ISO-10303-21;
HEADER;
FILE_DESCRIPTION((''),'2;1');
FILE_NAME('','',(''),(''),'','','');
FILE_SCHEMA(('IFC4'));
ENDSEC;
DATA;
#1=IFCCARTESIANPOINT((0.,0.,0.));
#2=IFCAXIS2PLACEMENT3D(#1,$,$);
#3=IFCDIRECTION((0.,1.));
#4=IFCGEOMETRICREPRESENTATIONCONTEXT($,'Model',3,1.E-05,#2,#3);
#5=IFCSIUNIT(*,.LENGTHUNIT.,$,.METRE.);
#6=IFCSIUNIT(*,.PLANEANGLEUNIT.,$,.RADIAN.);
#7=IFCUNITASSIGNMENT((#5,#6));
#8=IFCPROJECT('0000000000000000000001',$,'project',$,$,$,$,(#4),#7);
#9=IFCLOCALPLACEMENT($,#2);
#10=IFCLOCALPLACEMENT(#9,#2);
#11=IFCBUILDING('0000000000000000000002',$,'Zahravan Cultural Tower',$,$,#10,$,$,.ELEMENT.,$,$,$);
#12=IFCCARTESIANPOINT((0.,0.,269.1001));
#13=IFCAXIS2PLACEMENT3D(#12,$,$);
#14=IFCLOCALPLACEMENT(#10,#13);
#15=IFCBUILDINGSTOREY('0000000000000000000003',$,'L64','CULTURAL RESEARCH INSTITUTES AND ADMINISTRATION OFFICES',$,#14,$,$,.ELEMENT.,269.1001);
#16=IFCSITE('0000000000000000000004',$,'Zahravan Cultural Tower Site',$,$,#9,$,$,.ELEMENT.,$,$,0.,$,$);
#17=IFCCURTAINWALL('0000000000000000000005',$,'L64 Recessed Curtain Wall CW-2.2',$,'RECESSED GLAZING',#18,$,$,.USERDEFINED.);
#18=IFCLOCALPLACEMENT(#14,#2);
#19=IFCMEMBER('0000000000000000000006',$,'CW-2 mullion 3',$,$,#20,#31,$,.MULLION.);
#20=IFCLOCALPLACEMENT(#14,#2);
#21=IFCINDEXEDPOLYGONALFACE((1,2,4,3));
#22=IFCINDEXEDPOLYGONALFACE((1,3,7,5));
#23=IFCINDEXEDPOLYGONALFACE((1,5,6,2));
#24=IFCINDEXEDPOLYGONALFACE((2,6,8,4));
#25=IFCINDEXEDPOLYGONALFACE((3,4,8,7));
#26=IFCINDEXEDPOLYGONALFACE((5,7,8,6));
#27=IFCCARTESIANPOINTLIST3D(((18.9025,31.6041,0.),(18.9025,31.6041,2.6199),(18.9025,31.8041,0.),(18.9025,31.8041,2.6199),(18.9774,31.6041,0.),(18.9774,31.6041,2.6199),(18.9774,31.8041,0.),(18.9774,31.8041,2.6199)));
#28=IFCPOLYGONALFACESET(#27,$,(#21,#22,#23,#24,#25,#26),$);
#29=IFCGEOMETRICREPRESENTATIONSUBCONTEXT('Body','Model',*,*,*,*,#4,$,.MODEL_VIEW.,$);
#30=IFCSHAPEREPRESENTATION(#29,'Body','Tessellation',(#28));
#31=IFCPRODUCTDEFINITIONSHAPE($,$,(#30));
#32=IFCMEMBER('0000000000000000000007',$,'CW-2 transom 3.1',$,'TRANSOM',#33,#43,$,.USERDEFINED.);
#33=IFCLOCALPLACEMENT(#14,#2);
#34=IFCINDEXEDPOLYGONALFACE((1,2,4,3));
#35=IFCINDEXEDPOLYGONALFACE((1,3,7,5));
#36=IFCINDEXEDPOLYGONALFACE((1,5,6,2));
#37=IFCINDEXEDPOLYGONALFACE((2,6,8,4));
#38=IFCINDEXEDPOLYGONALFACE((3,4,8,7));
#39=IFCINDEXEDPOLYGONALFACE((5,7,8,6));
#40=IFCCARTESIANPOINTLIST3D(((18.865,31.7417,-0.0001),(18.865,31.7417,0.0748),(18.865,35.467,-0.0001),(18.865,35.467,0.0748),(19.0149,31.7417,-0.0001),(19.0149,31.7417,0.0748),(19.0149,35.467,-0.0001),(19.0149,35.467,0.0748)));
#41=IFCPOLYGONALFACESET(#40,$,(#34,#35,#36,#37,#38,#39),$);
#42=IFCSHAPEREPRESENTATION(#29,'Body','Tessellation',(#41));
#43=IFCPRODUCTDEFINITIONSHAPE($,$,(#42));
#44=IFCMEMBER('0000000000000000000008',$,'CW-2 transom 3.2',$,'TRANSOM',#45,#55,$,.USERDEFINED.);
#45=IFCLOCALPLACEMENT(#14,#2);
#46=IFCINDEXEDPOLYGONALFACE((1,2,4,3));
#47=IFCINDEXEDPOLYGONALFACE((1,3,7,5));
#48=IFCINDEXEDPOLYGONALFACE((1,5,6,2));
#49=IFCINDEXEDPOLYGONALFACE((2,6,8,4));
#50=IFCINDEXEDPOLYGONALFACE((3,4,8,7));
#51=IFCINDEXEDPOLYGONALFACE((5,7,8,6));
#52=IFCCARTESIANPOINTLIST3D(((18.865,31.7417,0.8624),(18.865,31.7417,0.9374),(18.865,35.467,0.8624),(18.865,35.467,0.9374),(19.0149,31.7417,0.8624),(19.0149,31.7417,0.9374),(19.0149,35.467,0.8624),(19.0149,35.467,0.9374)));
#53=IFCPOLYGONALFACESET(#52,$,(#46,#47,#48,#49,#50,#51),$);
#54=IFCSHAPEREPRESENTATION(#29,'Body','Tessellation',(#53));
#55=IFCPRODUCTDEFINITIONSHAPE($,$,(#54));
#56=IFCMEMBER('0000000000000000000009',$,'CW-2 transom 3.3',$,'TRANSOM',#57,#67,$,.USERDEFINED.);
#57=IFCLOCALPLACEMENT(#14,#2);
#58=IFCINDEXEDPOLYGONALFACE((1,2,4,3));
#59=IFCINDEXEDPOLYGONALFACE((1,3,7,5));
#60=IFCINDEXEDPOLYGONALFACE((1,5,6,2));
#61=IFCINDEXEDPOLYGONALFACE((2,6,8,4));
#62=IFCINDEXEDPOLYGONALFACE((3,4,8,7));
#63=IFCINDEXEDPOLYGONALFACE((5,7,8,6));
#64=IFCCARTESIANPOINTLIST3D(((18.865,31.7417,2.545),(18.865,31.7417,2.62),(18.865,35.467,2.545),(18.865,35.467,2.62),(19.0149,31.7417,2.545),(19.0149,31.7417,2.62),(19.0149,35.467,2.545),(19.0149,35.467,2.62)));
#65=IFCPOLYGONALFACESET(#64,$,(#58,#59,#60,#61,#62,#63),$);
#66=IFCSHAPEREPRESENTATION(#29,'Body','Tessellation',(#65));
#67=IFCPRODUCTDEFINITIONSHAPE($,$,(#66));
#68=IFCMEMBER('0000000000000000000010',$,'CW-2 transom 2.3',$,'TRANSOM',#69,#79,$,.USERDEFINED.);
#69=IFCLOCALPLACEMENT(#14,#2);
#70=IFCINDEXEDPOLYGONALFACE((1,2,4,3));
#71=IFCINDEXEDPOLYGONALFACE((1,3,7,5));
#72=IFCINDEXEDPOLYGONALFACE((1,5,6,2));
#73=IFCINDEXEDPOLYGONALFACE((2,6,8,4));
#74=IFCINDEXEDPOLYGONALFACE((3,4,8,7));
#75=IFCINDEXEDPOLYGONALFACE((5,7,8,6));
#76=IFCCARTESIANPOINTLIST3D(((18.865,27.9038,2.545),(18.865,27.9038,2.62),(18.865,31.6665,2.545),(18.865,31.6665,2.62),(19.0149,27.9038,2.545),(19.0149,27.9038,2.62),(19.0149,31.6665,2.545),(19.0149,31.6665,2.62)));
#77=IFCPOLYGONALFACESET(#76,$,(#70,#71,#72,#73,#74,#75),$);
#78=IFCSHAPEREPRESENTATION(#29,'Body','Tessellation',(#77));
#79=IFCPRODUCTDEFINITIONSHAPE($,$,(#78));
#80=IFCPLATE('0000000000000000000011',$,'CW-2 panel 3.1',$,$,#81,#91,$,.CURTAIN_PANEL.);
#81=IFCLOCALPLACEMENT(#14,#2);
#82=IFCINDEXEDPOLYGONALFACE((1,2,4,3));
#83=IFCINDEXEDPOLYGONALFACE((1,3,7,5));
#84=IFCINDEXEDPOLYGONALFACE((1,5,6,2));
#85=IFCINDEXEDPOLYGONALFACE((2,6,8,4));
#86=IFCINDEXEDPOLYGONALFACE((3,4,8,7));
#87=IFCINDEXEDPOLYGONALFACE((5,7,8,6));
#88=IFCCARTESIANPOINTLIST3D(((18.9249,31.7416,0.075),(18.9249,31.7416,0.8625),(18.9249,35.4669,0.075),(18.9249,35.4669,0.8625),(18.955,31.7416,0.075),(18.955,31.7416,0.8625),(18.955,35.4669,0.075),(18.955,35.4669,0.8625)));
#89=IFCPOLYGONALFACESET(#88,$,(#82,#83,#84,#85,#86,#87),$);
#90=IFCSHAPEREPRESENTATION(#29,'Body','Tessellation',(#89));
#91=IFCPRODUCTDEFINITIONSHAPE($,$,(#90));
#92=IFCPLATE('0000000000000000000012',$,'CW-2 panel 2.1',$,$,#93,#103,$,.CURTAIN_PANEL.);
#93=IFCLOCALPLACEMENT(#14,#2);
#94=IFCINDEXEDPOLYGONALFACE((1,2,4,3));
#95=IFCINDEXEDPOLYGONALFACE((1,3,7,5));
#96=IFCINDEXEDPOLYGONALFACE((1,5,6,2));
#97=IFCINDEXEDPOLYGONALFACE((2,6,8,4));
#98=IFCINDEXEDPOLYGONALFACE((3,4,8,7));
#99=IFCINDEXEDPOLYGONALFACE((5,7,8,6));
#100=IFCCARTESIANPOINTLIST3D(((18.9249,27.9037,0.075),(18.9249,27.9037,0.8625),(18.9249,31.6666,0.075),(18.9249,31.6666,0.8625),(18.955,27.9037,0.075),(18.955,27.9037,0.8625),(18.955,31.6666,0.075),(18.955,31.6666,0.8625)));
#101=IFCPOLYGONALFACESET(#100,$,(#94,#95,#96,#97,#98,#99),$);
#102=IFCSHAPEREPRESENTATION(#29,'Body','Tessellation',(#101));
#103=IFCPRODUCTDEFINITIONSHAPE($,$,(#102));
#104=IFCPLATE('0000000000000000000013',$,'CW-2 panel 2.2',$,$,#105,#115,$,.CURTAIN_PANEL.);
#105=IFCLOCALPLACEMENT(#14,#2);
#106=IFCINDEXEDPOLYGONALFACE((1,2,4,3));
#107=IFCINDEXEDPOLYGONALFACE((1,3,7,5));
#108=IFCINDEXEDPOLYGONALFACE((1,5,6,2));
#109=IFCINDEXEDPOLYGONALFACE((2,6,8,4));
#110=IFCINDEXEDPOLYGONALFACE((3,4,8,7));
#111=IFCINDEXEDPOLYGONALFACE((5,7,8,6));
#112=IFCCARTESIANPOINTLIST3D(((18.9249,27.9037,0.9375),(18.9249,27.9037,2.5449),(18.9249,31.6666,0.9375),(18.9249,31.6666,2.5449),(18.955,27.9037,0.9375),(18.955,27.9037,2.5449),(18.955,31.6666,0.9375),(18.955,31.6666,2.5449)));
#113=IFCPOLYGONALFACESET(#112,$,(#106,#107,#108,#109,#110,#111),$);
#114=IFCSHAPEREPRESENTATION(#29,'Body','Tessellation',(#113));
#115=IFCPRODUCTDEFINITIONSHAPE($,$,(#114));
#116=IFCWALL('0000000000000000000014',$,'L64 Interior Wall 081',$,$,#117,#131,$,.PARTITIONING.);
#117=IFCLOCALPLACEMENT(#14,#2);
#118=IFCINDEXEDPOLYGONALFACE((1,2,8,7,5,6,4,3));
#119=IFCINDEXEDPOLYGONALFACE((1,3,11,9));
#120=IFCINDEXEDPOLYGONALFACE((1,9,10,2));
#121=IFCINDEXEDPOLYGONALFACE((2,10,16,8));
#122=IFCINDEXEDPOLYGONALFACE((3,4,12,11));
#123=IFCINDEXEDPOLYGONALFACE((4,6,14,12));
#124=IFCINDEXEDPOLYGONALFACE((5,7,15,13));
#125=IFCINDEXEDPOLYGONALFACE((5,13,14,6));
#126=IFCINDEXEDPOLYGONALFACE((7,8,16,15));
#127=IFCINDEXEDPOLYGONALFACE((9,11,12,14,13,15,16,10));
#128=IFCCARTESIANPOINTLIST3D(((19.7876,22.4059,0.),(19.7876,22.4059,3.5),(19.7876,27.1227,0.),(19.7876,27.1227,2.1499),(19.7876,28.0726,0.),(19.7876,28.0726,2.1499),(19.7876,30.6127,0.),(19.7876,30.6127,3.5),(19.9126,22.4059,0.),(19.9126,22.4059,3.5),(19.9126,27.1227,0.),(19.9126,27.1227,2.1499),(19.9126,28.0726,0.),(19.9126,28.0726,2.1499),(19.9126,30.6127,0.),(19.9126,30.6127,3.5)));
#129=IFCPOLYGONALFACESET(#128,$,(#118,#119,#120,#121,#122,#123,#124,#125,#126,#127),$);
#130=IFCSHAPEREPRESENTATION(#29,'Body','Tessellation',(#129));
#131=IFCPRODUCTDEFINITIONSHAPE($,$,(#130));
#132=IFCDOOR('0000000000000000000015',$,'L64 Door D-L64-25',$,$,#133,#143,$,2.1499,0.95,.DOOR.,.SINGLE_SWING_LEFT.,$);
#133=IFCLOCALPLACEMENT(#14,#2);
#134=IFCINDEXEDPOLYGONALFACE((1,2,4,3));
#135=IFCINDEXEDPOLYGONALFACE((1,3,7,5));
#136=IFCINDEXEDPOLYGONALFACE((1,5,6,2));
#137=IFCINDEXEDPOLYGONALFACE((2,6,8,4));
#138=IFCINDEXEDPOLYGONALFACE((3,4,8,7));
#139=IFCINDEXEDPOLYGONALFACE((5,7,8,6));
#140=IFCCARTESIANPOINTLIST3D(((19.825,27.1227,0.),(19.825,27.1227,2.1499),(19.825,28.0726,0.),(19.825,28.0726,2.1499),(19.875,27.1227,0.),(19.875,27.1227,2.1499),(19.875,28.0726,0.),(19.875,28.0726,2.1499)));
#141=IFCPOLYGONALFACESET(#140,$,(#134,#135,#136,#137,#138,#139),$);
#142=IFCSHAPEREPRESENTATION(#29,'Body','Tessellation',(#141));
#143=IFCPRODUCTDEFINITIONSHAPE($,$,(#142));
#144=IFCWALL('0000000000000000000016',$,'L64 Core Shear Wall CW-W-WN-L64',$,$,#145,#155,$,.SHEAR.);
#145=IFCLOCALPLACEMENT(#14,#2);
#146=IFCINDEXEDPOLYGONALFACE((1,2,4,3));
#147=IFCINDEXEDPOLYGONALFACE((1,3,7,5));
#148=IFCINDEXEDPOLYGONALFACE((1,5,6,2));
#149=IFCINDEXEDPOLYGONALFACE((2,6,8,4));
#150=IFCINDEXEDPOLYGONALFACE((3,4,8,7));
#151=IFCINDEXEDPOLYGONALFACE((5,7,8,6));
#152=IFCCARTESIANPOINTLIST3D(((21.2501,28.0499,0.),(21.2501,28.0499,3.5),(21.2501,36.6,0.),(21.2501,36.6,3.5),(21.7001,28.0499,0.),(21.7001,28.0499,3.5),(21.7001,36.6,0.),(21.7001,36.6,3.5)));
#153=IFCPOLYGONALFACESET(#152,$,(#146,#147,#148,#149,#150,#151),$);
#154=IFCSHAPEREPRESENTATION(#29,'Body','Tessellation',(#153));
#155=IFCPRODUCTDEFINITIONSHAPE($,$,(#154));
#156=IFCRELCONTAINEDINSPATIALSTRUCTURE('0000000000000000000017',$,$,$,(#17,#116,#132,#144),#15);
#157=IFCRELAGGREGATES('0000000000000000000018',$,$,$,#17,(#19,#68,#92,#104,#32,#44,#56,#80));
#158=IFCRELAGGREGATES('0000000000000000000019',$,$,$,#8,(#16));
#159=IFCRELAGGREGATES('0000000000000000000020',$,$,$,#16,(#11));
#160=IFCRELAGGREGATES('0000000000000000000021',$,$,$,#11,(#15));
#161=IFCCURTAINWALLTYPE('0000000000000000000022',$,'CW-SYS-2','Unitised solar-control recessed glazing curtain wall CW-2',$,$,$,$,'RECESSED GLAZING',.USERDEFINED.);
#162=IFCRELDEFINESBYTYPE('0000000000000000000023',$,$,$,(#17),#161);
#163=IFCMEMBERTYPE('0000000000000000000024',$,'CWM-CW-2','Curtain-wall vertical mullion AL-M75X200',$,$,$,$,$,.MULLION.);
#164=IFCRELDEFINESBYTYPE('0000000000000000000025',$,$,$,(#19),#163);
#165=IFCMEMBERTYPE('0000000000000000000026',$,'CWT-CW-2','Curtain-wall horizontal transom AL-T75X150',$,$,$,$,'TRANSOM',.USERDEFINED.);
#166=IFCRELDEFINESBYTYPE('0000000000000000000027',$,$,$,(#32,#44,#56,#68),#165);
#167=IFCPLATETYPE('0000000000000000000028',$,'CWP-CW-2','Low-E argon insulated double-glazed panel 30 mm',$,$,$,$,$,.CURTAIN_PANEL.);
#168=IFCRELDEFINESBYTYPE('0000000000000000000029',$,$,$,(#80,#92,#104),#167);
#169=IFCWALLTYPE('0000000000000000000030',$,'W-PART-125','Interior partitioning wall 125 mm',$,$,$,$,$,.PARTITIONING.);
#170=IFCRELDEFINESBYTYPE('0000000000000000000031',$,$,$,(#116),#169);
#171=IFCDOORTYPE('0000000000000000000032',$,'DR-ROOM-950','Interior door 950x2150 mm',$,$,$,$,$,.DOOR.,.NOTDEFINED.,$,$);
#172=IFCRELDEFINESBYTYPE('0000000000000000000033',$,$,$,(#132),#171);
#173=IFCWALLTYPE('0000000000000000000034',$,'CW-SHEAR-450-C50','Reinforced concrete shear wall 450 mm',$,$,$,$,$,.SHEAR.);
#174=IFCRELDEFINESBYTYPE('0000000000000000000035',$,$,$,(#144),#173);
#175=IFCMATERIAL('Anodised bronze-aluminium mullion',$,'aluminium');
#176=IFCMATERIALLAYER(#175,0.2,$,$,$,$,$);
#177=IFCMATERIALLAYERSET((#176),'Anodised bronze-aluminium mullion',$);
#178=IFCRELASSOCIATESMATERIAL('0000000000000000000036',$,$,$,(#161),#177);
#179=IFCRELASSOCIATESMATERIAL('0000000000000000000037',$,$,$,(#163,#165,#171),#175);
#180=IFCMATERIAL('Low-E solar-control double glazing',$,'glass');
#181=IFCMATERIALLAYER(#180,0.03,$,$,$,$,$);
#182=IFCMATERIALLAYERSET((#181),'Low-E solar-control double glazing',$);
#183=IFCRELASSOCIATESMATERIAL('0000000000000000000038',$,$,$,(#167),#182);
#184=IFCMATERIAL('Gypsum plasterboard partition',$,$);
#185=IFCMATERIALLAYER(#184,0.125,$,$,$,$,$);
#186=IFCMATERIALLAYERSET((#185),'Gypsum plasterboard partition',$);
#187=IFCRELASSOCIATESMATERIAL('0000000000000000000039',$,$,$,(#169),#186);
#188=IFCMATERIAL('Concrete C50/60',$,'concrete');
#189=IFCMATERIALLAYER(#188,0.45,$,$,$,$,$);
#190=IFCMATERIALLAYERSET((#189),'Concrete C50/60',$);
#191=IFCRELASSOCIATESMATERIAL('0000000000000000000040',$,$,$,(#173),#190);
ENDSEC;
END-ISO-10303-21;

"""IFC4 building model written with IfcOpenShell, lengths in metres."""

from ifc_helpers import new_model, si_unit, direction, frame, frame_2d, origin, origin_2d, place, context, subcontext, project, spatial, rectangle, extrude, source, transform, mapped, material, layer, layer_set, material_profile, profile_set, type_object, element, fill, aggregate, save


model = new_model("IFC4")

# Units and contexts
model_context = context("Model", 3, precision=1e-05, world=origin(), true_north=direction((0.0, 1.0)))
body_context = subcontext(model_context, "Body", "Model", "MODEL_VIEW")
ifc_project = project(units=[si_unit("LENGTHUNIT", "METRE"), si_unit("PLANEANGLEUNIT", "RADIAN")], contexts=[model_context])

# Site, building, storey
site_placement = place(None, origin())
site = spatial("IfcSite", under=ifc_project, at=site_placement, Name="Zahravan Cultural Tower Site", CompositionType="ELEMENT", RefElevation=0.0)
building_placement = place(site_placement, origin())
building = spatial("IfcBuilding", under=site, at=building_placement, Name="Zahravan Cultural Tower", CompositionType="ELEMENT")
storey_placement = place(building_placement, frame((0.0, 0.0, 269.1001)))
storey = spatial("IfcBuildingStorey", under=building, at=storey_placement, Name="L64", Description="CULTURAL RESEARCH INSTITUTES AND ADMINISTRATION OFFICES", CompositionType="ELEMENT", Elevation=269.1001)

# Curtain wall, members, plates
ifc_material_1 = material(Name="Anodised bronze-aluminium mullion", Category="aluminium")
ifc_layer_1 = layer(ifc_material_1, 0.2)
ifc_layer_set_1 = layer_set([ifc_layer_1], Name="Anodised bronze-aluminium mullion")
curtain_wall_type = type_object("IfcCurtainWallType", Name="CW-SYS-2", Description="Unitised solar-control recessed glazing curtain wall CW-2", ElementType="RECESSED GLAZING", PredefinedType="USERDEFINED", material=ifc_layer_set_1)
curtain_wall_placement = place(storey_placement, origin())
curtain_wall = element("IfcCurtainWall", 1, at=curtain_wall_placement, inside=storey, type_object=curtain_wall_type, Name="L64 Recessed Curtain Wall CW-2.2", ObjectType="RECESSED GLAZING", PredefinedType="USERDEFINED")
ifc_material_profile_1 = material_profile(ifc_material_1, rectangle(XDim=0.075, YDim=0.2, at=origin_2d()), Name="AL-M75X200")
ifc_profile_set_1 = profile_set([ifc_material_profile_1], Name="Anodised bronze-aluminium mullion")
member_type_1 = type_object("IfcMemberType", Name="CWM-CW-2", Description="Curtain-wall vertical mullion AL-M75X200", PredefinedType="MULLION", material=ifc_profile_set_1)
shared_shape_1 = source(origin(), body_context, "Body", "SweptSolid", [
    extrude(rectangle(XDim=0.075, YDim=0.2, at=origin_2d()), origin(), (0.0, 0.0, 1.0), 2.6199),
])
member_1_placement = place(storey_placement, frame((18.9399, 31.7041, 0.0), z_axis=(0.0, 0.0, 1.0), x_axis=(-1.0, 0.0, 0.0)))
member_1 = element("IfcMember", 2, at=member_1_placement, type_object=member_type_1, Name="CW-2 mullion 3", PredefinedType="MULLION", context=body_context, shape_type="MappedRepresentation", body=[
    mapped(shared_shape_1, transform((0.0, 0.0, 0.0), x_axis=(1.0, 0.0, 0.0), y_axis=(0.0, 1.0, 0.0), z_axis=(0.0, 0.0, 1.0), scale=1.0)),
])
ifc_material_profile_2 = material_profile(ifc_material_1, rectangle(XDim=0.1499, YDim=0.075, at=origin_2d()), Name="AL-T75X150")
ifc_profile_set_2 = profile_set([ifc_material_profile_2], Name="Anodised bronze-aluminium mullion")
member_type_2 = type_object("IfcMemberType", Name="CWT-CW-2", Description="Curtain-wall horizontal transom AL-T75X150", ElementType="TRANSOM", PredefinedType="USERDEFINED", material=ifc_profile_set_2)
shared_shape_2 = source(origin(), body_context, "Body", "SweptSolid", [
    extrude(rectangle(XDim=0.1499, YDim=0.075, at=origin_2d()), origin(), (0.0, 0.0, 1.0), 3.7253),
])
member_2_placement = place(storey_placement, frame((18.9399, 31.7417, 0.0374), z_axis=(0.0, 1.0, 0.0), x_axis=(-1.0, 0.0, 0.0)))
member_2 = element("IfcMember", 3, at=member_2_placement, type_object=member_type_2, Name="CW-2 transom 3.1", ObjectType="TRANSOM", PredefinedType="USERDEFINED", context=body_context, shape_type="MappedRepresentation", body=[
    mapped(shared_shape_2, transform((0.0, 0.0, 0.0), x_axis=(1.0, 0.0, 0.0), y_axis=(0.0, 1.0, 0.0), z_axis=(0.0, 0.0, 1.0), scale=1.0)),
])
member_3_placement = place(storey_placement, frame((18.9399, 31.7417, 0.8999), z_axis=(0.0, 1.0, 0.0), x_axis=(-1.0, 0.0, 0.0)))
member_3 = element("IfcMember", 4, at=member_3_placement, type_object=member_type_2, Name="CW-2 transom 3.2", ObjectType="TRANSOM", PredefinedType="USERDEFINED", context=body_context, shape_type="MappedRepresentation", body=[
    mapped(shared_shape_2, transform((0.0, 0.0, 0.0), x_axis=(1.0, 0.0, 0.0), y_axis=(0.0, 1.0, 0.0), z_axis=(0.0, 0.0, 1.0), scale=1.0)),
])
member_4_placement = place(storey_placement, frame((18.9399, 31.7417, 2.5825), z_axis=(0.0, 1.0, 0.0), x_axis=(-1.0, 0.0, 0.0)))
member_4 = element("IfcMember", 5, at=member_4_placement, type_object=member_type_2, Name="CW-2 transom 3.3", ObjectType="TRANSOM", PredefinedType="USERDEFINED", context=body_context, shape_type="MappedRepresentation", body=[
    mapped(shared_shape_2, transform((0.0, 0.0, 0.0), x_axis=(1.0, 0.0, 0.0), y_axis=(0.0, 1.0, 0.0), z_axis=(0.0, 0.0, 1.0), scale=1.0)),
])
shared_shape_3 = source(origin(), body_context, "Body", "SweptSolid", [
    extrude(rectangle(XDim=0.1499, YDim=0.075, at=origin_2d()), origin(), (0.0, 0.0, 1.0), 3.7627),
])
member_5_placement = place(storey_placement, frame((18.9399, 27.9038, 2.5825), z_axis=(0.0, 1.0, 0.0), x_axis=(-1.0, 0.0, 0.0)))
member_5 = element("IfcMember", 6, at=member_5_placement, type_object=member_type_2, Name="CW-2 transom 2.3", ObjectType="TRANSOM", PredefinedType="USERDEFINED", context=body_context, shape_type="MappedRepresentation", body=[
    mapped(shared_shape_3, transform((0.0, 0.0, 0.0), x_axis=(1.0, 0.0, 0.0), y_axis=(0.0, 1.0, 0.0), z_axis=(0.0, 0.0, 1.0), scale=1.0)),
])
ifc_material_2 = material(Name="Low-E solar-control double glazing", Category="glass")
ifc_layer_2 = layer(ifc_material_2, 0.03)
ifc_layer_set_2 = layer_set([ifc_layer_2], Name="Low-E solar-control double glazing")
plate_type = type_object("IfcPlateType", Name="CWP-CW-2", Description="Low-E argon insulated double-glazed panel 30 mm", PredefinedType="CURTAIN_PANEL", material=ifc_layer_set_2)
shared_shape_4 = source(origin(), body_context, "Body", "SweptSolid", [
    extrude(rectangle(XDim=3.7253, YDim=0.03, at=origin_2d()), origin(), (0.0, 0.0, 1.0), 0.7876),
])
plate_1_placement = place(storey_placement, frame((18.9399, 33.6042, 0.075), z_axis=(0.0, 0.0, 1.0), x_axis=(0.0, 1.0, 0.0)))
plate_1 = element("IfcPlate", 7, at=plate_1_placement, type_object=plate_type, Name="CW-2 panel 3.1", PredefinedType="CURTAIN_PANEL", context=body_context, shape_type="MappedRepresentation", body=[
    mapped(shared_shape_4, transform((0.0, 0.0, 0.0), x_axis=(1.0, 0.0, 0.0), y_axis=(0.0, 1.0, 0.0), z_axis=(0.0, 0.0, 1.0), scale=1.0)),
])
shared_shape_5 = source(origin(), body_context, "Body", "SweptSolid", [
    extrude(rectangle(XDim=3.7629, YDim=0.03, at=origin_2d()), origin(), (0.0, 0.0, 1.0), 0.7876),
])
plate_2_placement = place(storey_placement, frame((18.9399, 29.7852, 0.075), z_axis=(0.0, 0.0, 1.0), x_axis=(0.0, 1.0, 0.0)))
plate_2 = element("IfcPlate", 8, at=plate_2_placement, type_object=plate_type, Name="CW-2 panel 2.1", PredefinedType="CURTAIN_PANEL", context=body_context, shape_type="MappedRepresentation", body=[
    mapped(shared_shape_5, transform((0.0, 0.0, 0.0), x_axis=(1.0, 0.0, 0.0), y_axis=(0.0, 1.0, 0.0), z_axis=(0.0, 0.0, 1.0), scale=1.0)),
])
shared_shape_6 = source(origin(), body_context, "Body", "SweptSolid", [
    extrude(rectangle(XDim=3.7629, YDim=0.03, at=origin_2d()), origin(), (0.0, 0.0, 1.0), 1.6074),
])
plate_3_placement = place(storey_placement, frame((18.9399, 29.7852, 0.9375), z_axis=(0.0, 0.0, 1.0), x_axis=(0.0, 1.0, 0.0)))
plate_3 = element("IfcPlate", 9, at=plate_3_placement, type_object=plate_type, Name="CW-2 panel 2.2", PredefinedType="CURTAIN_PANEL", context=body_context, shape_type="MappedRepresentation", body=[
    mapped(shared_shape_6, transform((0.0, 0.0, 0.0), x_axis=(1.0, 0.0, 0.0), y_axis=(0.0, 1.0, 0.0), z_axis=(0.0, 0.0, 1.0), scale=1.0)),
])
aggregate(curtain_wall, [member_1, member_5, plate_2, plate_3, member_2, member_3, member_4, plate_1])

# Wall, opening, door
ifc_material_3 = material(Name="Gypsum plasterboard partition")
ifc_layer_3 = layer(ifc_material_3, 0.125)
ifc_layer_set_3 = layer_set([ifc_layer_3], Name="Gypsum plasterboard partition")
wall_type_1 = type_object("IfcWallType", Name="W-PART-125", Description="Interior partitioning wall 125 mm", PredefinedType="PARTITIONING", material=ifc_layer_set_3)
wall_1_placement = place(storey_placement, frame((19.8501, 30.6128, 0.0), z_axis=(0.0, 0.0, 1.0), x_axis=(0.0, -1.0, 0.0)))
wall_1 = element("IfcWall", 10, at=wall_1_placement, inside=storey, type_object=wall_type_1, Name="L64 Interior Wall 081", PredefinedType="PARTITIONING", context=body_context, shape_type="SweptSolid", body=[
    extrude(rectangle(XDim=8.2068, YDim=0.125, at=frame_2d((4.1035, 0.0))), origin(), (0.0, 0.0, 1.0), 3.5),
])
opening_1_placement = place(wall_1_placement, frame((2.54, 0.0, 0.0)))
opening_1 = element("IfcOpeningElement", 11, at=opening_1_placement, cuts=wall_1, PredefinedType="OPENING", context=body_context, shape_type="SweptSolid", body=[
    extrude(rectangle(XDim=0.95, YDim=2.1499, at=frame_2d((0.4751, 1.075))), frame((0.0, 0.0725, 0.0), z_axis=(0.0, -1.0, 0.0), x_axis=(1.0, 0.0, 0.0)), (0.0, 0.0, 1.0), 0.145),
])
door_type = type_object("IfcDoorType", Name="DR-ROOM-950", Description="Interior door 950x2150 mm", OperationType="NOTDEFINED", PredefinedType="DOOR", material=ifc_material_1)
shared_shape_7 = source(origin(), body_context, "Body", "SweptSolid", [
    extrude(rectangle(XDim=0.95, YDim=2.1499, at=frame_2d((0.4751, 1.075))), frame((0.0, 0.0249, 0.0), z_axis=(0.0, -1.0, 0.0), x_axis=(1.0, 0.0, 0.0)), (0.0, 0.0, 1.0), 0.05),
])
door_1_placement = place(opening_1_placement, origin())
door_1 = element("IfcDoor", 12, at=door_1_placement, inside=storey, type_object=door_type, Name="L64 Door D-L64-25", OperationType="SINGLE_SWING_LEFT", OverallHeight=2.1499, OverallWidth=0.95, PredefinedType="DOOR", context=body_context, shape_type="MappedRepresentation", body=[
    mapped(shared_shape_7, transform((0.0, 0.0, 0.0), x_axis=(1.0, 0.0, 0.0), y_axis=(0.0, 1.0, 0.0), z_axis=(0.0, 0.0, 1.0), scale=1.0)),
])
fill(opening_1, door_1)

# Wall
ifc_material_4 = material(Name="Concrete C50/60", Category="concrete")
ifc_layer_4 = layer(ifc_material_4, 0.45)
ifc_layer_set_4 = layer_set([ifc_layer_4], Name="Concrete C50/60")
wall_type_2 = type_object("IfcWallType", Name="CW-SHEAR-450-C50", Description="Reinforced concrete shear wall 450 mm", PredefinedType="SHEAR", material=ifc_layer_set_4)
shared_shape_8 = source(origin(), body_context, "Body", "SweptSolid", [
    extrude(rectangle(XDim=8.55, YDim=0.45, at=frame_2d((4.2749, 0.0))), origin(), (0.0, 0.0, 1.0), 3.5),
])
wall_2_placement = place(storey_placement, frame((21.4751, 28.05, 0.0), z_axis=(0.0, 0.0, 1.0), x_axis=(0.0, 1.0, 0.0)))
element("IfcWall", 13, at=wall_2_placement, inside=storey, type_object=wall_type_2, Name="L64 Core Shear Wall CW-W-WN-L64", PredefinedType="SHEAR", context=body_context, shape_type="MappedRepresentation", body=[
    mapped(shared_shape_8, transform((0.0, 0.0, 0.0), x_axis=(1.0, 0.0, 0.0), y_axis=(0.0, 1.0, 0.0), z_axis=(0.0, 0.0, 1.0), scale=1.0)),
])

save(model, "model.ifc")
